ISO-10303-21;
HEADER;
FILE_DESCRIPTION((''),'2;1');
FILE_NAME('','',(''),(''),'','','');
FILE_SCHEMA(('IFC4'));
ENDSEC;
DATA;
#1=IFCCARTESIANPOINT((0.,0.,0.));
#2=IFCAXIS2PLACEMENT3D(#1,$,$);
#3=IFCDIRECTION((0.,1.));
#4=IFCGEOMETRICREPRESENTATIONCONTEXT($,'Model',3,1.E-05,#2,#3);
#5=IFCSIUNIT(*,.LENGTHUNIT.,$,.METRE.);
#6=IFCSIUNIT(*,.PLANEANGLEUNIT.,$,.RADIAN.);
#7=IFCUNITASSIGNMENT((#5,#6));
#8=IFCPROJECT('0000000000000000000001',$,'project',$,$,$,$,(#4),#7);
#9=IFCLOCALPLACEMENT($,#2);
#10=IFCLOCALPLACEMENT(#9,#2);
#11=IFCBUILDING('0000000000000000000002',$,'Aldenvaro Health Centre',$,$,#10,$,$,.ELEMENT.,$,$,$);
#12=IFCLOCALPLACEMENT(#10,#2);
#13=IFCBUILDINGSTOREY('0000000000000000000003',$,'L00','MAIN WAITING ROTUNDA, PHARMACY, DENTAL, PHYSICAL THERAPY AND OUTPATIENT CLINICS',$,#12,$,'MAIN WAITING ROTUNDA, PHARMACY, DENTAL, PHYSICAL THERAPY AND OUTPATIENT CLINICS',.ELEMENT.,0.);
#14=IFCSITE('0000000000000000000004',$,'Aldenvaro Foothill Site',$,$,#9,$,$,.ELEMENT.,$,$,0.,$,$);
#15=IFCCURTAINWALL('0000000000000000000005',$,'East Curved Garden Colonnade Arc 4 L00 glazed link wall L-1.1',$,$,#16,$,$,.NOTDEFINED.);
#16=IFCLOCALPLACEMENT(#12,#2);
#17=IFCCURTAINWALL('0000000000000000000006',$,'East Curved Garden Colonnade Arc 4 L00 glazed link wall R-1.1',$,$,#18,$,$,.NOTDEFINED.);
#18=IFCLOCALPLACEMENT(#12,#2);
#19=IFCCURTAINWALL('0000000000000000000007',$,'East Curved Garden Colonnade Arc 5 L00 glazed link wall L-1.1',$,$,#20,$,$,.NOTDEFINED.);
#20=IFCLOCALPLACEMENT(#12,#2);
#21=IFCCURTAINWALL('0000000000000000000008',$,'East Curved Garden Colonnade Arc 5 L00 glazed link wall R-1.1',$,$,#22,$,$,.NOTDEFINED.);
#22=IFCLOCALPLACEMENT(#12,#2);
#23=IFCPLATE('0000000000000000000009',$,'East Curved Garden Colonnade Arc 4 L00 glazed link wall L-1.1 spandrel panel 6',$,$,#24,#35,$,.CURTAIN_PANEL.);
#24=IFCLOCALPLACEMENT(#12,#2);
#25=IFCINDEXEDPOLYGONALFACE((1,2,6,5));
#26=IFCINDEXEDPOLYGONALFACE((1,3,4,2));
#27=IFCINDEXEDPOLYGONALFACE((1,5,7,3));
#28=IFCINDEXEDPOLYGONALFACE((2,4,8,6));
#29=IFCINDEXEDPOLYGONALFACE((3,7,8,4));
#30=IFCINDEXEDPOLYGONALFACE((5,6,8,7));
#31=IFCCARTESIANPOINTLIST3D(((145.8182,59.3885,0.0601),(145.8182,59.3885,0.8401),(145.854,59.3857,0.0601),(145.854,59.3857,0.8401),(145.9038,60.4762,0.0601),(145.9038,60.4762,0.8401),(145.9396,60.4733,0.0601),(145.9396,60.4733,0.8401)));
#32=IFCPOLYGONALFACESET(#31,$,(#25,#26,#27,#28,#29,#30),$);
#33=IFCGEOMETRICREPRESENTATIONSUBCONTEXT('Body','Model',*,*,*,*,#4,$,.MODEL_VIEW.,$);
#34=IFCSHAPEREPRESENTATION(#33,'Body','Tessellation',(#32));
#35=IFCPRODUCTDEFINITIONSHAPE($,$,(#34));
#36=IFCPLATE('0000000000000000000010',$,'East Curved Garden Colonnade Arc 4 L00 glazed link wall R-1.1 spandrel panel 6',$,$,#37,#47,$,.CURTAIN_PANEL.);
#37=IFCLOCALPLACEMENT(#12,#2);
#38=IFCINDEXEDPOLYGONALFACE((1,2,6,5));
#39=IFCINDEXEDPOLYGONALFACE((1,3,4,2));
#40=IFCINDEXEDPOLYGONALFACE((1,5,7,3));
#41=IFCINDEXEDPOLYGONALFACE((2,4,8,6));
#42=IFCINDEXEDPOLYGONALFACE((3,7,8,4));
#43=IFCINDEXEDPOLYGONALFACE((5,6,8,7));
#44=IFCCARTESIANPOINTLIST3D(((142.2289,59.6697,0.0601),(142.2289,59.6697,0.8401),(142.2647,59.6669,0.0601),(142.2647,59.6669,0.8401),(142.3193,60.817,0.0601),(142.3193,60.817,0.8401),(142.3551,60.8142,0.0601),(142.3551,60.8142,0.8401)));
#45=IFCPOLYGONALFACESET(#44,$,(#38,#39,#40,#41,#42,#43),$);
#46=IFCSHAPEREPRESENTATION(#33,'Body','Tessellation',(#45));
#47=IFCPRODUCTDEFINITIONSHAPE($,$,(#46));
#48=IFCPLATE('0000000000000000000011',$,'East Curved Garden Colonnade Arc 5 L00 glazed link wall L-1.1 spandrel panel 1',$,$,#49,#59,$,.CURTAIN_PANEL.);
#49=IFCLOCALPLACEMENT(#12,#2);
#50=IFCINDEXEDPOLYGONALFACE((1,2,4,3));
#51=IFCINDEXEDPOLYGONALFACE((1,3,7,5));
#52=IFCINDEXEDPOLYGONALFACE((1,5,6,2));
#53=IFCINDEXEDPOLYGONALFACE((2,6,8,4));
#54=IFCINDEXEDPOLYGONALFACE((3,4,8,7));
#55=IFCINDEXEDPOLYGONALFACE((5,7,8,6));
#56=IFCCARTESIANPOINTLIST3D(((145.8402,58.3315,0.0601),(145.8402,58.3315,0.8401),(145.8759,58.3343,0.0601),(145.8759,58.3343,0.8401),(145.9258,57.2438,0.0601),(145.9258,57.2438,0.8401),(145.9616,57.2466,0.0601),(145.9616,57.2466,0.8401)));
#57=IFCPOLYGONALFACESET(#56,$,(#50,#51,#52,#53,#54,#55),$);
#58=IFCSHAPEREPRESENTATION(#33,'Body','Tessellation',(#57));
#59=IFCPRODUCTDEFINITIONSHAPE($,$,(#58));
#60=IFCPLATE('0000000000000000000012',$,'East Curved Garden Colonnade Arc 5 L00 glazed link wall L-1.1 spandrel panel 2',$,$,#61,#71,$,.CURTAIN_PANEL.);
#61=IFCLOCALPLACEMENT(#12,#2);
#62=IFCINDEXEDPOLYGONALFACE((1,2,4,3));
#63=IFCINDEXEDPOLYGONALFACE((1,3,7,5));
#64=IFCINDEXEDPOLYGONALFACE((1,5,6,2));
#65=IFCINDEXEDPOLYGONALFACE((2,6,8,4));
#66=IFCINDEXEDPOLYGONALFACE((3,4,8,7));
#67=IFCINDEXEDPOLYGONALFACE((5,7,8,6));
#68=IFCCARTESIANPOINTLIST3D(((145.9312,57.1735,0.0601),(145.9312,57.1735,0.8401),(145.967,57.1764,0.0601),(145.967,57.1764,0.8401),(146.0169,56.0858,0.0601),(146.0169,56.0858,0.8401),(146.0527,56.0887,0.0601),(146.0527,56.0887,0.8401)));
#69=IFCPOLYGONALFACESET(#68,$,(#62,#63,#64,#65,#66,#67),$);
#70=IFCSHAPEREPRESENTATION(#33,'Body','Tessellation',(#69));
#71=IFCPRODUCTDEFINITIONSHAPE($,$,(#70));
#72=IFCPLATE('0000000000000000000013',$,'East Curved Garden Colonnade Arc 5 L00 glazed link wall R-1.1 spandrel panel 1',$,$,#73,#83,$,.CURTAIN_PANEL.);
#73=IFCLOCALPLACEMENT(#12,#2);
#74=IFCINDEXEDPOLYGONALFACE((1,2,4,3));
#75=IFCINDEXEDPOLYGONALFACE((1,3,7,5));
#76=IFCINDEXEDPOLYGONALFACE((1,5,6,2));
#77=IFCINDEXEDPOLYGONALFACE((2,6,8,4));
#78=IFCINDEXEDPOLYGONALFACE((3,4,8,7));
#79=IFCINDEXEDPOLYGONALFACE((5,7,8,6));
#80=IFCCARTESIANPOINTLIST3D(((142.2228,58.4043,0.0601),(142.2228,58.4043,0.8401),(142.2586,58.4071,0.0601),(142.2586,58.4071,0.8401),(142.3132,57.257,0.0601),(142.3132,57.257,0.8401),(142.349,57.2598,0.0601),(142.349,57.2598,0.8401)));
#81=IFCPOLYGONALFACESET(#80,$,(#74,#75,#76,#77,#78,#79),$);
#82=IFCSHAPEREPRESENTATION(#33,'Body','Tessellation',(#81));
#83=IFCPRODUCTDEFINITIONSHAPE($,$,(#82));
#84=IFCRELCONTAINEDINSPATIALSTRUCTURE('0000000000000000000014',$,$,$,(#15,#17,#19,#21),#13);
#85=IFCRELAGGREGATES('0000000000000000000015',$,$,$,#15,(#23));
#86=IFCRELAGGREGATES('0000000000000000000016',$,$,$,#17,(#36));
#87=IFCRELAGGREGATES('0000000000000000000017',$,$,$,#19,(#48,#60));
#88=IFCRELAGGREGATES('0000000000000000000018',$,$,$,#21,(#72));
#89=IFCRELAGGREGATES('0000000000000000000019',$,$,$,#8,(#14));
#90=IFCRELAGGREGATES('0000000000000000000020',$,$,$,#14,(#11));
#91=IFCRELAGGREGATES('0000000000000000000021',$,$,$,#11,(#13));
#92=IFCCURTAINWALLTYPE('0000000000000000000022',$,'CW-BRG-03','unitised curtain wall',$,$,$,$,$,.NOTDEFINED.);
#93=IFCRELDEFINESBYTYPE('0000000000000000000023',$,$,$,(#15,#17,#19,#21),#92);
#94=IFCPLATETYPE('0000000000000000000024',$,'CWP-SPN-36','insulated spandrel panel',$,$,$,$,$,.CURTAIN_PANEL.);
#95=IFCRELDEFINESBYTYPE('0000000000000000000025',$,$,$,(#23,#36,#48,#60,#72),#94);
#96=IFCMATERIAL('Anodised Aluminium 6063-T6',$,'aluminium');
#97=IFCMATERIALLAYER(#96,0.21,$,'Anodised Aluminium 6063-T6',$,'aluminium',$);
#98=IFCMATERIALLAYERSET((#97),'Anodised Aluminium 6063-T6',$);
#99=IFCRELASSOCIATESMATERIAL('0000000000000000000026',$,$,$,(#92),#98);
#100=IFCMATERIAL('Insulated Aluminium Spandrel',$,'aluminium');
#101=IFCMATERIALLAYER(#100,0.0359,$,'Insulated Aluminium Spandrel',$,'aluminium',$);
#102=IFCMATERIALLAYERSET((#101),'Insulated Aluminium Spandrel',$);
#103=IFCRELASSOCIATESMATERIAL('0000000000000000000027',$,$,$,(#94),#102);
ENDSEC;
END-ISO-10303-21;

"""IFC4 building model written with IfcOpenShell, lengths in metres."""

from ifc_helpers import new_model, si_unit, direction, frame, origin, origin_2d, place, context, subcontext, project, spatial, rectangle, extrude, material, layer, layer_set, type_object, element, aggregate, save


model = new_model("IFC4")

# Units and contexts
model_context = context("Model", 3, precision=1e-05, world=origin(), true_north=direction((0.0, 1.0)))
body_context = subcontext(model_context, "Body", "Model", "MODEL_VIEW")
ifc_project = project(units=[si_unit("LENGTHUNIT", "METRE"), si_unit("PLANEANGLEUNIT", "RADIAN")], contexts=[model_context])

# Site, building, storey
site_placement = place(None, origin())
site = spatial("IfcSite", under=ifc_project, at=site_placement, Name="Aldenvaro Foothill Site", CompositionType="ELEMENT", RefElevation=0.0)
building_placement = place(site_placement, origin())
building = spatial("IfcBuilding", under=site, at=building_placement, Name="Aldenvaro Health Centre", CompositionType="ELEMENT")
storey_placement = place(building_placement, origin())
storey = spatial("IfcBuildingStorey", under=building, at=storey_placement, Name="L00", Description="MAIN WAITING ROTUNDA, PHARMACY, DENTAL, PHYSICAL THERAPY AND OUTPATIENT CLINICS", LongName="MAIN WAITING ROTUNDA, PHARMACY, DENTAL, PHYSICAL THERAPY AND OUTPATIENT CLINICS", CompositionType="ELEMENT", Elevation=0.0)

# Curtain walls
ifc_material_1 = material(Name="Anodised Aluminium 6063-T6", Category="aluminium")
ifc_layer_1 = layer(ifc_material_1, 0.21, Name="Anodised Aluminium 6063-T6", Category="aluminium")
ifc_layer_set_1 = layer_set([ifc_layer_1], Name="Anodised Aluminium 6063-T6")
curtain_wall_type = type_object("IfcCurtainWallType", Name="CW-BRG-03", Description="unitised curtain wall", PredefinedType="NOTDEFINED", material=ifc_layer_set_1)
curtain_wall_1_placement = place(storey_placement, origin())
curtain_wall_1 = element("IfcCurtainWall", 1, at=curtain_wall_1_placement, inside=storey, type_object=curtain_wall_type, Name="East Curved Garden Colonnade Arc 4 L00 glazed link wall L-1.1", PredefinedType="NOTDEFINED")
curtain_wall_2_placement = place(storey_placement, origin())
curtain_wall_2 = element("IfcCurtainWall", 2, at=curtain_wall_2_placement, inside=storey, type_object=curtain_wall_type, Name="East Curved Garden Colonnade Arc 4 L00 glazed link wall R-1.1", PredefinedType="NOTDEFINED")

# Curtain walls
curtain_wall_3_placement = place(storey_placement, origin())
curtain_wall_3 = element("IfcCurtainWall", 3, at=curtain_wall_3_placement, inside=storey, type_object=curtain_wall_type, Name="East Curved Garden Colonnade Arc 5 L00 glazed link wall L-1.1", PredefinedType="NOTDEFINED")
curtain_wall_4_placement = place(storey_placement, origin())
curtain_wall_4 = element("IfcCurtainWall", 4, at=curtain_wall_4_placement, inside=storey, type_object=curtain_wall_type, Name="East Curved Garden Colonnade Arc 5 L00 glazed link wall R-1.1", PredefinedType="NOTDEFINED")

# Plates
ifc_material_2 = material(Name="Insulated Aluminium Spandrel", Category="aluminium")
ifc_layer_2 = layer(ifc_material_2, 0.0359, Name="Insulated Aluminium Spandrel", Category="aluminium")
ifc_layer_set_2 = layer_set([ifc_layer_2], Name="Insulated Aluminium Spandrel")
plate_type_1 = type_object("IfcPlateType", Name="CWP-SPN-36", Description="insulated spandrel panel", PredefinedType="CURTAIN_PANEL", material=ifc_layer_set_2)
plate_1_placement = place(storey_placement, frame((145.8789, 59.9309, 0.0601), z_axis=(0.0, 0.0, 1.0), x_axis=(-0.078496, -0.996914, 0.0)))
plate_1 = element("IfcPlate", 5, at=plate_1_placement, type_object=plate_type_1, Name="East Curved Garden Colonnade Arc 4 L00 glazed link wall L-1.1 spandrel panel 6", PredefinedType="CURTAIN_PANEL", context=body_context, shape_type="SweptSolid", body=[
    extrude(rectangle(XDim=1.0911, YDim=0.0359, at=origin_2d()), origin(), (0.0, 0.0, 1.0), 0.78),
])
aggregate(curtain_wall_1, [plate_1])
plate_2_placement = place(storey_placement, frame((142.292, 60.2419, 0.0601), z_axis=(0.0, 0.0, 1.0), x_axis=(-0.078513, -0.996913, 0.0)))
plate_2 = element("IfcPlate", 6, at=plate_2_placement, type_object=plate_type_1, Name="East Curved Garden Colonnade Arc 4 L00 glazed link wall R-1.1 spandrel panel 6", PredefinedType="CURTAIN_PANEL", context=body_context, shape_type="SweptSolid", body=[
    extrude(rectangle(XDim=1.1509, YDim=0.0359, at=origin_2d()), origin(), (0.0, 0.0, 1.0), 0.78),
])
aggregate(curtain_wall_2, [plate_2])
plate_3_placement = place(storey_placement, frame((145.9009, 57.7891, 0.0601), z_axis=(0.0, 0.0, 1.0), x_axis=(0.078496, -0.996914, 0.0)))
plate_3 = element("IfcPlate", 7, at=plate_3_placement, type_object=plate_type_1, Name="East Curved Garden Colonnade Arc 5 L00 glazed link wall L-1.1 spandrel panel 1", PredefinedType="CURTAIN_PANEL", context=body_context, shape_type="SweptSolid", body=[
    extrude(rectangle(XDim=1.0911, YDim=0.0359, at=origin_2d()), origin(), (0.0, 0.0, 1.0), 0.78),
])
plate_4_placement = place(storey_placement, frame((145.9919, 56.6311, 0.0601), z_axis=(0.0, 0.0, 1.0), x_axis=(0.078496, -0.996914, 0.0)))
plate_4 = element("IfcPlate", 8, at=plate_4_placement, type_object=plate_type_1, Name="East Curved Garden Colonnade Arc 5 L00 glazed link wall L-1.1 spandrel panel 2", PredefinedType="CURTAIN_PANEL", context=body_context, shape_type="SweptSolid", body=[
    extrude(rectangle(XDim=1.0911, YDim=0.0359, at=origin_2d()), origin(), (0.0, 0.0, 1.0), 0.78),
])
aggregate(curtain_wall_3, [plate_3, plate_4])
plate_5_placement = place(storey_placement, frame((142.2859, 57.832, 0.0601), z_axis=(0.0, 0.0, 1.0), x_axis=(0.078513, -0.996913, 0.0)))
plate_5 = element("IfcPlate", 9, at=plate_5_placement, type_object=plate_type_1, Name="East Curved Garden Colonnade Arc 5 L00 glazed link wall R-1.1 spandrel panel 1", PredefinedType="CURTAIN_PANEL", context=body_context, shape_type="SweptSolid", body=[
    extrude(rectangle(XDim=1.1509, YDim=0.0359, at=origin_2d()), origin(), (0.0, 0.0, 1.0), 0.78),
])
aggregate(curtain_wall_4, [plate_5])

save(model, "model.ifc")
